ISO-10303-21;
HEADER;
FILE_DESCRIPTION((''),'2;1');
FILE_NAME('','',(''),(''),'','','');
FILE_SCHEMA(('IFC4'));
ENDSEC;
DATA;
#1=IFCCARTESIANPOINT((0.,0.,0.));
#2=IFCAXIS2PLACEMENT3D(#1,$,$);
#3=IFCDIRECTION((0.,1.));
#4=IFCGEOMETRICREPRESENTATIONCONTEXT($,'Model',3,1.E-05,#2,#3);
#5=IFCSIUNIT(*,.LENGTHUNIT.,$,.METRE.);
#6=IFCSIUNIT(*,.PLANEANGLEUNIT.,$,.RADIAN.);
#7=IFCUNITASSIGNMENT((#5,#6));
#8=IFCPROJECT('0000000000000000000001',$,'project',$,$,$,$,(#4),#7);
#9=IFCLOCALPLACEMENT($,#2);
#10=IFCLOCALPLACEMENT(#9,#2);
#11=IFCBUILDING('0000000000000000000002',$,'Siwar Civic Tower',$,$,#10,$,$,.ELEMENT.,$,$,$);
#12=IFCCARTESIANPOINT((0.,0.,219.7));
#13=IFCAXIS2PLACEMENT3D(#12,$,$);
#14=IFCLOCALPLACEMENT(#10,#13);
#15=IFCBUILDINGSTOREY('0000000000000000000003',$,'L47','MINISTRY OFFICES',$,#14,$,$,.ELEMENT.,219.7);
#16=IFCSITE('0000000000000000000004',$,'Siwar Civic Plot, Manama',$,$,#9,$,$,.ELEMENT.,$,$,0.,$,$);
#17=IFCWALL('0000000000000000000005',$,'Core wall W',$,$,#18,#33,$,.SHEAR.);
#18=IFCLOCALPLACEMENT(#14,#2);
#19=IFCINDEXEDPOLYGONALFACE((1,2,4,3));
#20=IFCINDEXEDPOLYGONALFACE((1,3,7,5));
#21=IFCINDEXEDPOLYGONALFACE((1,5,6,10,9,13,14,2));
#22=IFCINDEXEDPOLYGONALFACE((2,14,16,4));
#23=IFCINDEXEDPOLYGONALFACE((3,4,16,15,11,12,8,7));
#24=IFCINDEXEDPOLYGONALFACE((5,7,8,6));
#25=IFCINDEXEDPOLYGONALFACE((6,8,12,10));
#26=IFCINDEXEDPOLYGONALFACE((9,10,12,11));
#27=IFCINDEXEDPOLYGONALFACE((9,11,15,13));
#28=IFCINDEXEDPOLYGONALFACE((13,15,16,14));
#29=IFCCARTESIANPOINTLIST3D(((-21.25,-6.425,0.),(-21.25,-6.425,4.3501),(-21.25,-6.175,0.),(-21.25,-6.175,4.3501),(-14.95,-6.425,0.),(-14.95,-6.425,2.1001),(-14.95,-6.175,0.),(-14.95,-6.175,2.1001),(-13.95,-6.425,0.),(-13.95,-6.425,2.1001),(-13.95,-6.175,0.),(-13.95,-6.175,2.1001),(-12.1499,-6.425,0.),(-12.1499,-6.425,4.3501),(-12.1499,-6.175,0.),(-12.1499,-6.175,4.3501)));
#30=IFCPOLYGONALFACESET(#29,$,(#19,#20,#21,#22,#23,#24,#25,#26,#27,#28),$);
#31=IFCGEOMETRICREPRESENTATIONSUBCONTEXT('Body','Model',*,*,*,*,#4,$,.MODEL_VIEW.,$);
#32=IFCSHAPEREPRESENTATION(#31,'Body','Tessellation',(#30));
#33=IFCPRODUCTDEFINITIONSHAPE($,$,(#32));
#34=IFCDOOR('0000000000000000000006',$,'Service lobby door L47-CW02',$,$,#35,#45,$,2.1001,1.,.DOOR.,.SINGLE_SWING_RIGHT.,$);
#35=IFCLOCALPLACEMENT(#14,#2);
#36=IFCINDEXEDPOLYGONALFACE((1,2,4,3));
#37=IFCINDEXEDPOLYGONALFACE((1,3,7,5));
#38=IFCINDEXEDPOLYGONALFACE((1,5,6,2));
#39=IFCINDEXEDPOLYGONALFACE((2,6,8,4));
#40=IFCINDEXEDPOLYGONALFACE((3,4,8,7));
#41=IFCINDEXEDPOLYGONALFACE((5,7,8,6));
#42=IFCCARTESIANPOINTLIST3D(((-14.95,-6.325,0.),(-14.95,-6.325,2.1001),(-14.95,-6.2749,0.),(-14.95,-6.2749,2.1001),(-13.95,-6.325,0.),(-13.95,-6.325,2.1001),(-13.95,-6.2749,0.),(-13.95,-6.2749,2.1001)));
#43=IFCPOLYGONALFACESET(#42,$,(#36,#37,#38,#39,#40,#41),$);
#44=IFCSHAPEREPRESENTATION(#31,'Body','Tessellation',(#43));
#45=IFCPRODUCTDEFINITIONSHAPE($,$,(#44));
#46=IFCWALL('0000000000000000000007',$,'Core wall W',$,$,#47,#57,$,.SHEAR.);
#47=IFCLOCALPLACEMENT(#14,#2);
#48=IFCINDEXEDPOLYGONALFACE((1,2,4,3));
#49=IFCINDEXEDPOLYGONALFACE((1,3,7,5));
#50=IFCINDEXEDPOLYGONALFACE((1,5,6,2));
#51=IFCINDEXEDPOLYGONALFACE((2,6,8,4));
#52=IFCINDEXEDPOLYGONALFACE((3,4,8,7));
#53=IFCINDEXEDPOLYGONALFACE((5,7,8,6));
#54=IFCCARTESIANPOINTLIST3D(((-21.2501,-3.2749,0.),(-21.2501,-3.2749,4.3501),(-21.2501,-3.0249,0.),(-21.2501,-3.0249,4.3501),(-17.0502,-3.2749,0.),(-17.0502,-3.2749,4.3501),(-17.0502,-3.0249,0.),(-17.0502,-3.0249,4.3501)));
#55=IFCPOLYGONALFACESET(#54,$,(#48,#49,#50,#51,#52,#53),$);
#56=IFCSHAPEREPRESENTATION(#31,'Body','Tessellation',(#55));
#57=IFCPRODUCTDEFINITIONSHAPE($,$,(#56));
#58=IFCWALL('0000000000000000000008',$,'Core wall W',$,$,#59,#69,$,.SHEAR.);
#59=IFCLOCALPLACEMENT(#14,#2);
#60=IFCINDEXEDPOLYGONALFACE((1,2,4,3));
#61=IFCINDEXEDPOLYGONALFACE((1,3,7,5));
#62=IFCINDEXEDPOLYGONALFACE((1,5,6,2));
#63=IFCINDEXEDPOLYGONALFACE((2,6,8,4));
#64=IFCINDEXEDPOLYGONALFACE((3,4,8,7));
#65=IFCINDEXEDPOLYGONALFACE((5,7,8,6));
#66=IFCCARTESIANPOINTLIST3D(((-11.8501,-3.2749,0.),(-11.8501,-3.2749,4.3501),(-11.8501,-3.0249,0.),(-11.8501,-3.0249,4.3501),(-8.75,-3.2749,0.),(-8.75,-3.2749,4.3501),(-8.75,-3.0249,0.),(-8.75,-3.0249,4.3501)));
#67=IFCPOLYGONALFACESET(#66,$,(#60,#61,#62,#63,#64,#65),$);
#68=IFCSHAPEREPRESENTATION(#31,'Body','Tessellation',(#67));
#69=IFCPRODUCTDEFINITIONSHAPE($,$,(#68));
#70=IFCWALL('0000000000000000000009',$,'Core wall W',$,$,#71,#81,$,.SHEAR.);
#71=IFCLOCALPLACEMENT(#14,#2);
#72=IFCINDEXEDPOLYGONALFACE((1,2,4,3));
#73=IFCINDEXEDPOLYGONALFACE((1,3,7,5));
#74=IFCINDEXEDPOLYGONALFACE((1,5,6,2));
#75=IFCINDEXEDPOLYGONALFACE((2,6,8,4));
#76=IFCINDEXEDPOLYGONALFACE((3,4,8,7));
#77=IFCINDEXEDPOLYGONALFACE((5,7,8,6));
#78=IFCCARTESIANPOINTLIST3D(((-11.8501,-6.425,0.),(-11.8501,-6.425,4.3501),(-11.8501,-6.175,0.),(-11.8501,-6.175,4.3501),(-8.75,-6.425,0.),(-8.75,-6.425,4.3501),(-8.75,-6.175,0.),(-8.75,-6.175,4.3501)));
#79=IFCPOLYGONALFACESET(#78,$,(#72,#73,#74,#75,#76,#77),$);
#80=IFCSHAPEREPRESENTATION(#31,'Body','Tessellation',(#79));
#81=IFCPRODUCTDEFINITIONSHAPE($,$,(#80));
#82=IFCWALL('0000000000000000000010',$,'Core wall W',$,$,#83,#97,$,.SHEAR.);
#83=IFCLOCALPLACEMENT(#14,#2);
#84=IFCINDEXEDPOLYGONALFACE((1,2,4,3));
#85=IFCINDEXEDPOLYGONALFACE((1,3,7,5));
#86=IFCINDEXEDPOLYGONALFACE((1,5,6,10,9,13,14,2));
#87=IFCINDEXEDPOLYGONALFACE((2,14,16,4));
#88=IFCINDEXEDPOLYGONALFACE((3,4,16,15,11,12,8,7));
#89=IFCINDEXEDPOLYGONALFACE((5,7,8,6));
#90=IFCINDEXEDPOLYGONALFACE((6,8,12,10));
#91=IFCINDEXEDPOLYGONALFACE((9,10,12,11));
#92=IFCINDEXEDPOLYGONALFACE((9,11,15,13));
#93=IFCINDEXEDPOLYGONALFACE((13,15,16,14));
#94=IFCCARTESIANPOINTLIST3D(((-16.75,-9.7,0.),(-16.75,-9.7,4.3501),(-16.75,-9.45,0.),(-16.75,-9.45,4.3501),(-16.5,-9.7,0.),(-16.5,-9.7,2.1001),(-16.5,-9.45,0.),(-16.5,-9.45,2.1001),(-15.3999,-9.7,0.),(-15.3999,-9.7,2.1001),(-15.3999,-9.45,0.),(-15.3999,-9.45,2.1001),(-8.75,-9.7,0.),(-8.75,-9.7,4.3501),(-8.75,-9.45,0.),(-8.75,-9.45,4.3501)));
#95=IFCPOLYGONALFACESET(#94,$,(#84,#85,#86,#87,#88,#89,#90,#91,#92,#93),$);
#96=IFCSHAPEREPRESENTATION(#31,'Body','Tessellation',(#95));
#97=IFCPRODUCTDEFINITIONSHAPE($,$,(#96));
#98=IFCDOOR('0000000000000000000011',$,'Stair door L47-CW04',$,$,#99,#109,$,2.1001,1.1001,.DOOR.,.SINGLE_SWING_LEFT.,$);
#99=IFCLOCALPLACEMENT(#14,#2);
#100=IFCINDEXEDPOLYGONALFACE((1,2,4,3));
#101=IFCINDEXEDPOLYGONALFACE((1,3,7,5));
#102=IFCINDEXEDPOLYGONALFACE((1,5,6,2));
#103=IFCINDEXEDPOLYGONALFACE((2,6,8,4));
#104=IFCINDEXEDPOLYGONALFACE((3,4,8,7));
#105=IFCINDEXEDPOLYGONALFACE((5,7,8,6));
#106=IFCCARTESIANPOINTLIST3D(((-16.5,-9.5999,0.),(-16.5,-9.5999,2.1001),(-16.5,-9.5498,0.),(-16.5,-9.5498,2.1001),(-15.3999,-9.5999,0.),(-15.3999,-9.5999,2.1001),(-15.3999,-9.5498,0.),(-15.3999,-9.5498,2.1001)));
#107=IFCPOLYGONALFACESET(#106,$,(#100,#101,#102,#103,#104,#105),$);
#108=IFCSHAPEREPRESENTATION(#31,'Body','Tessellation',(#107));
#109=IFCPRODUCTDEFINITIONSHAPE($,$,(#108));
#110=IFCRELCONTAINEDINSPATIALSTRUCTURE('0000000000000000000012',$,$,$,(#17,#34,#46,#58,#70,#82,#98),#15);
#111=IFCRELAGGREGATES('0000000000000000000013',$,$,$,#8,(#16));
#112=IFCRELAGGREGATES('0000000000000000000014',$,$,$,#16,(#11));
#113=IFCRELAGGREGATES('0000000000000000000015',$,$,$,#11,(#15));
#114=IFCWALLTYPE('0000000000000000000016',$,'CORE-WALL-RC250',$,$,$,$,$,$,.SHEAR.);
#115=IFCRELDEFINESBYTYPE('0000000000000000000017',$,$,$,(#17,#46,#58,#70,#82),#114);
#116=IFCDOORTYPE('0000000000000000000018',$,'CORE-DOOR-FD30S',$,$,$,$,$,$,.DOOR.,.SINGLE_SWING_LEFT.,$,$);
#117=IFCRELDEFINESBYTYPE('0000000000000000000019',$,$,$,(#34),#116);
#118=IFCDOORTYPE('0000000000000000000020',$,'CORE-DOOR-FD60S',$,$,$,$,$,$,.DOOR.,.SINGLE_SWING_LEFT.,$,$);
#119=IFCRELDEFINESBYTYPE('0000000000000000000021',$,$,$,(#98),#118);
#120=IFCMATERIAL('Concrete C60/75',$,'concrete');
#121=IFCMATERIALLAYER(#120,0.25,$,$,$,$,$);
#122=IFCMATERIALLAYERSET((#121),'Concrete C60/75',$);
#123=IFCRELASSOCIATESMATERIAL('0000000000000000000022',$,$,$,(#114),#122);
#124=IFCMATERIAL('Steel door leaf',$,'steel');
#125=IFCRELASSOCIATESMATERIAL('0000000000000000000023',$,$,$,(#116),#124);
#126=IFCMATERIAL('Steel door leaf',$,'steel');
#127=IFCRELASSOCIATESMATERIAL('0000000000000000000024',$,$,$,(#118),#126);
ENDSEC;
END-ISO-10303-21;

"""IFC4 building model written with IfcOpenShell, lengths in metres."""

from ifc_helpers import new_model, si_unit, direction, frame, frame_2d, origin, place, context, subcontext, project, spatial, rectangle, extrude, material, layer, layer_set, type_object, element, fill, save


model = new_model("IFC4")

# Units and contexts
model_context = context("Model", 3, precision=1e-05, world=origin(), true_north=direction((0.0, 1.0)))
body_context = subcontext(model_context, "Body", "Model", "MODEL_VIEW")
ifc_project = project(units=[si_unit("LENGTHUNIT", "METRE"), si_unit("PLANEANGLEUNIT", "RADIAN")], contexts=[model_context])

# Site, building, storey
site_placement = place(None, origin())
site = spatial("IfcSite", under=ifc_project, at=site_placement, Name="Siwar Civic Plot, Manama", CompositionType="ELEMENT", RefElevation=0.0)
building_placement = place(site_placement, origin())
building = spatial("IfcBuilding", under=site, at=building_placement, Name="Siwar Civic Tower", CompositionType="ELEMENT")
storey_placement = place(building_placement, frame((0.0, 0.0, 219.7)))
storey = spatial("IfcBuildingStorey", under=building, at=storey_placement, Name="L47", Description="MINISTRY OFFICES", CompositionType="ELEMENT", Elevation=219.7)

# Wall, opening, door
ifc_material_1 = material(Name="Concrete C60/75", Category="concrete")
ifc_layer_1 = layer(ifc_material_1, 0.25)
ifc_layer_set_1 = layer_set([ifc_layer_1], Name="Concrete C60/75")
wall_type_1 = type_object("IfcWallType", Name="CORE-WALL-RC250", PredefinedType="SHEAR", material=ifc_layer_set_1)
wall_1_placement = place(storey_placement, frame((-12.1499, -6.3, 0.0), z_axis=(0.0, 0.0, 1.0), x_axis=(-1.0, 0.0, 0.0)))
wall_1 = element("IfcWall", 1, at=wall_1_placement, inside=storey, type_object=wall_type_1, Name="Core wall W", PredefinedType="SHEAR", context=body_context, shape_type="SweptSolid", body=[
    extrude(rectangle(XDim=9.1001, YDim=0.25, at=frame_2d((4.55, 0.0))), origin(), (0.0, 0.0, 1.0), 4.3501),
])
opening_1_placement = place(wall_1_placement, frame((1.8, 0.0, 0.0)))
opening_1 = element("IfcOpeningElement", 2, at=opening_1_placement, cuts=wall_1, PredefinedType="OPENING", context=body_context, shape_type="SweptSolid", body=[
    extrude(rectangle(XDim=1.0, YDim=2.1001, at=frame_2d((0.5, 1.05))), frame((0.0, 0.135, 0.0), z_axis=(0.0, -1.0, 0.0), x_axis=(1.0, 0.0, 0.0)), (0.0, 0.0, 1.0), 0.27),
])
ifc_material_2 = material(Name="Steel door leaf", Category="steel")
door_type_1 = type_object("IfcDoorType", Name="CORE-DOOR-FD30S", OperationType="SINGLE_SWING_LEFT", PredefinedType="DOOR", material=ifc_material_2)
door_1_placement = place(opening_1_placement, origin())
door_1 = element("IfcDoor", 3, at=door_1_placement, inside=storey, type_object=door_type_1, Name="Service lobby door L47-CW02", OperationType="SINGLE_SWING_RIGHT", OverallHeight=2.1001, OverallWidth=1.0, PredefinedType="DOOR", context=body_context, shape_type="SweptSolid", body=[
    extrude(rectangle(XDim=1.0, YDim=2.1001, at=frame_2d((0.5, 1.05))), frame((0.0, 0.0249, 0.0), z_axis=(0.0, -1.0, 0.0), x_axis=(1.0, 0.0, 0.0)), (0.0, 0.0, 1.0), 0.05),
])
fill(opening_1, door_1)

# Walls
wall_2_placement = place(storey_placement, frame((-17.05, -3.1499, 0.0), z_axis=(0.0, 0.0, 1.0), x_axis=(-1.0, 0.0, 0.0)))
element("IfcWall", 4, at=wall_2_placement, inside=storey, type_object=wall_type_1, Name="Core wall W", PredefinedType="SHEAR", context=body_context, shape_type="SweptSolid", body=[
    extrude(rectangle(XDim=4.2, YDim=0.25, at=frame_2d((2.1001, 0.0))), origin(), (0.0, 0.0, 1.0), 4.3501),
])
for number, where, z_axis, x_axis, name in (
    (5, (-8.75, -3.1499, 0.0), (0.0, 0.0, 1.0), (-1.0, 0.0, 0.0), "Core wall W"),
    (6, (-8.75, -6.3, 0.0), (0.0, 0.0, 1.0), (-1.0, 0.0, 0.0), "Core wall W"),
):
    element("IfcWall", number, at=place(storey_placement, frame(where, z_axis=z_axis, x_axis=x_axis)), inside=storey, type_object=wall_type_1, Name=name, PredefinedType="SHEAR", context=body_context, shape_type="SweptSolid", body=[
        extrude(rectangle(XDim=3.1001, YDim=0.25, at=frame_2d((1.55, 0.0))), origin(), (0.0, 0.0, 1.0), 4.3501),
    ])

# Wall, opening, door
wall_3_placement = place(storey_placement, frame((-8.75, -9.575, 0.0), z_axis=(0.0, 0.0, 1.0), x_axis=(-1.0, 0.0, 0.0)))
wall_3 = element("IfcWall", 7, at=wall_3_placement, inside=storey, type_object=wall_type_1, Name="Core wall W", PredefinedType="SHEAR", context=body_context, shape_type="SweptSolid", body=[
    extrude(rectangle(XDim=8.0, YDim=0.25, at=frame_2d((4.0, 0.0))), origin(), (0.0, 0.0, 1.0), 4.3501),
])
opening_2_placement = place(wall_3_placement, frame((6.6499, 0.0, 0.0)))
opening_2 = element("IfcOpeningElement", 8, at=opening_2_placement, cuts=wall_3, PredefinedType="OPENING", context=body_context, shape_type="SweptSolid", body=[
    extrude(rectangle(XDim=1.1001, YDim=2.1001, at=frame_2d((0.55, 1.05))), frame((0.0, 0.135, 0.0), z_axis=(0.0, -1.0, 0.0), x_axis=(1.0, 0.0, 0.0)), (0.0, 0.0, 1.0), 0.27),
])
ifc_material_3 = material(Name="Steel door leaf", Category="steel")
door_type_2 = type_object("IfcDoorType", Name="CORE-DOOR-FD60S", OperationType="SINGLE_SWING_LEFT", PredefinedType="DOOR", material=ifc_material_3)
door_2_placement = place(opening_2_placement, origin())
door_2 = element("IfcDoor", 9, at=door_2_placement, inside=storey, type_object=door_type_2, Name="Stair door L47-CW04", OperationType="SINGLE_SWING_LEFT", OverallHeight=2.1001, OverallWidth=1.1001, PredefinedType="DOOR", context=body_context, shape_type="SweptSolid", body=[
    extrude(rectangle(XDim=1.1001, YDim=2.1001, at=frame_2d((0.55, 1.05))), frame((0.0, 0.0249, 0.0), z_axis=(0.0, -1.0, 0.0), x_axis=(1.0, 0.0, 0.0)), (0.0, 0.0, 1.0), 0.05),
])
fill(opening_2, door_2)

save(model, "model.ifc")
